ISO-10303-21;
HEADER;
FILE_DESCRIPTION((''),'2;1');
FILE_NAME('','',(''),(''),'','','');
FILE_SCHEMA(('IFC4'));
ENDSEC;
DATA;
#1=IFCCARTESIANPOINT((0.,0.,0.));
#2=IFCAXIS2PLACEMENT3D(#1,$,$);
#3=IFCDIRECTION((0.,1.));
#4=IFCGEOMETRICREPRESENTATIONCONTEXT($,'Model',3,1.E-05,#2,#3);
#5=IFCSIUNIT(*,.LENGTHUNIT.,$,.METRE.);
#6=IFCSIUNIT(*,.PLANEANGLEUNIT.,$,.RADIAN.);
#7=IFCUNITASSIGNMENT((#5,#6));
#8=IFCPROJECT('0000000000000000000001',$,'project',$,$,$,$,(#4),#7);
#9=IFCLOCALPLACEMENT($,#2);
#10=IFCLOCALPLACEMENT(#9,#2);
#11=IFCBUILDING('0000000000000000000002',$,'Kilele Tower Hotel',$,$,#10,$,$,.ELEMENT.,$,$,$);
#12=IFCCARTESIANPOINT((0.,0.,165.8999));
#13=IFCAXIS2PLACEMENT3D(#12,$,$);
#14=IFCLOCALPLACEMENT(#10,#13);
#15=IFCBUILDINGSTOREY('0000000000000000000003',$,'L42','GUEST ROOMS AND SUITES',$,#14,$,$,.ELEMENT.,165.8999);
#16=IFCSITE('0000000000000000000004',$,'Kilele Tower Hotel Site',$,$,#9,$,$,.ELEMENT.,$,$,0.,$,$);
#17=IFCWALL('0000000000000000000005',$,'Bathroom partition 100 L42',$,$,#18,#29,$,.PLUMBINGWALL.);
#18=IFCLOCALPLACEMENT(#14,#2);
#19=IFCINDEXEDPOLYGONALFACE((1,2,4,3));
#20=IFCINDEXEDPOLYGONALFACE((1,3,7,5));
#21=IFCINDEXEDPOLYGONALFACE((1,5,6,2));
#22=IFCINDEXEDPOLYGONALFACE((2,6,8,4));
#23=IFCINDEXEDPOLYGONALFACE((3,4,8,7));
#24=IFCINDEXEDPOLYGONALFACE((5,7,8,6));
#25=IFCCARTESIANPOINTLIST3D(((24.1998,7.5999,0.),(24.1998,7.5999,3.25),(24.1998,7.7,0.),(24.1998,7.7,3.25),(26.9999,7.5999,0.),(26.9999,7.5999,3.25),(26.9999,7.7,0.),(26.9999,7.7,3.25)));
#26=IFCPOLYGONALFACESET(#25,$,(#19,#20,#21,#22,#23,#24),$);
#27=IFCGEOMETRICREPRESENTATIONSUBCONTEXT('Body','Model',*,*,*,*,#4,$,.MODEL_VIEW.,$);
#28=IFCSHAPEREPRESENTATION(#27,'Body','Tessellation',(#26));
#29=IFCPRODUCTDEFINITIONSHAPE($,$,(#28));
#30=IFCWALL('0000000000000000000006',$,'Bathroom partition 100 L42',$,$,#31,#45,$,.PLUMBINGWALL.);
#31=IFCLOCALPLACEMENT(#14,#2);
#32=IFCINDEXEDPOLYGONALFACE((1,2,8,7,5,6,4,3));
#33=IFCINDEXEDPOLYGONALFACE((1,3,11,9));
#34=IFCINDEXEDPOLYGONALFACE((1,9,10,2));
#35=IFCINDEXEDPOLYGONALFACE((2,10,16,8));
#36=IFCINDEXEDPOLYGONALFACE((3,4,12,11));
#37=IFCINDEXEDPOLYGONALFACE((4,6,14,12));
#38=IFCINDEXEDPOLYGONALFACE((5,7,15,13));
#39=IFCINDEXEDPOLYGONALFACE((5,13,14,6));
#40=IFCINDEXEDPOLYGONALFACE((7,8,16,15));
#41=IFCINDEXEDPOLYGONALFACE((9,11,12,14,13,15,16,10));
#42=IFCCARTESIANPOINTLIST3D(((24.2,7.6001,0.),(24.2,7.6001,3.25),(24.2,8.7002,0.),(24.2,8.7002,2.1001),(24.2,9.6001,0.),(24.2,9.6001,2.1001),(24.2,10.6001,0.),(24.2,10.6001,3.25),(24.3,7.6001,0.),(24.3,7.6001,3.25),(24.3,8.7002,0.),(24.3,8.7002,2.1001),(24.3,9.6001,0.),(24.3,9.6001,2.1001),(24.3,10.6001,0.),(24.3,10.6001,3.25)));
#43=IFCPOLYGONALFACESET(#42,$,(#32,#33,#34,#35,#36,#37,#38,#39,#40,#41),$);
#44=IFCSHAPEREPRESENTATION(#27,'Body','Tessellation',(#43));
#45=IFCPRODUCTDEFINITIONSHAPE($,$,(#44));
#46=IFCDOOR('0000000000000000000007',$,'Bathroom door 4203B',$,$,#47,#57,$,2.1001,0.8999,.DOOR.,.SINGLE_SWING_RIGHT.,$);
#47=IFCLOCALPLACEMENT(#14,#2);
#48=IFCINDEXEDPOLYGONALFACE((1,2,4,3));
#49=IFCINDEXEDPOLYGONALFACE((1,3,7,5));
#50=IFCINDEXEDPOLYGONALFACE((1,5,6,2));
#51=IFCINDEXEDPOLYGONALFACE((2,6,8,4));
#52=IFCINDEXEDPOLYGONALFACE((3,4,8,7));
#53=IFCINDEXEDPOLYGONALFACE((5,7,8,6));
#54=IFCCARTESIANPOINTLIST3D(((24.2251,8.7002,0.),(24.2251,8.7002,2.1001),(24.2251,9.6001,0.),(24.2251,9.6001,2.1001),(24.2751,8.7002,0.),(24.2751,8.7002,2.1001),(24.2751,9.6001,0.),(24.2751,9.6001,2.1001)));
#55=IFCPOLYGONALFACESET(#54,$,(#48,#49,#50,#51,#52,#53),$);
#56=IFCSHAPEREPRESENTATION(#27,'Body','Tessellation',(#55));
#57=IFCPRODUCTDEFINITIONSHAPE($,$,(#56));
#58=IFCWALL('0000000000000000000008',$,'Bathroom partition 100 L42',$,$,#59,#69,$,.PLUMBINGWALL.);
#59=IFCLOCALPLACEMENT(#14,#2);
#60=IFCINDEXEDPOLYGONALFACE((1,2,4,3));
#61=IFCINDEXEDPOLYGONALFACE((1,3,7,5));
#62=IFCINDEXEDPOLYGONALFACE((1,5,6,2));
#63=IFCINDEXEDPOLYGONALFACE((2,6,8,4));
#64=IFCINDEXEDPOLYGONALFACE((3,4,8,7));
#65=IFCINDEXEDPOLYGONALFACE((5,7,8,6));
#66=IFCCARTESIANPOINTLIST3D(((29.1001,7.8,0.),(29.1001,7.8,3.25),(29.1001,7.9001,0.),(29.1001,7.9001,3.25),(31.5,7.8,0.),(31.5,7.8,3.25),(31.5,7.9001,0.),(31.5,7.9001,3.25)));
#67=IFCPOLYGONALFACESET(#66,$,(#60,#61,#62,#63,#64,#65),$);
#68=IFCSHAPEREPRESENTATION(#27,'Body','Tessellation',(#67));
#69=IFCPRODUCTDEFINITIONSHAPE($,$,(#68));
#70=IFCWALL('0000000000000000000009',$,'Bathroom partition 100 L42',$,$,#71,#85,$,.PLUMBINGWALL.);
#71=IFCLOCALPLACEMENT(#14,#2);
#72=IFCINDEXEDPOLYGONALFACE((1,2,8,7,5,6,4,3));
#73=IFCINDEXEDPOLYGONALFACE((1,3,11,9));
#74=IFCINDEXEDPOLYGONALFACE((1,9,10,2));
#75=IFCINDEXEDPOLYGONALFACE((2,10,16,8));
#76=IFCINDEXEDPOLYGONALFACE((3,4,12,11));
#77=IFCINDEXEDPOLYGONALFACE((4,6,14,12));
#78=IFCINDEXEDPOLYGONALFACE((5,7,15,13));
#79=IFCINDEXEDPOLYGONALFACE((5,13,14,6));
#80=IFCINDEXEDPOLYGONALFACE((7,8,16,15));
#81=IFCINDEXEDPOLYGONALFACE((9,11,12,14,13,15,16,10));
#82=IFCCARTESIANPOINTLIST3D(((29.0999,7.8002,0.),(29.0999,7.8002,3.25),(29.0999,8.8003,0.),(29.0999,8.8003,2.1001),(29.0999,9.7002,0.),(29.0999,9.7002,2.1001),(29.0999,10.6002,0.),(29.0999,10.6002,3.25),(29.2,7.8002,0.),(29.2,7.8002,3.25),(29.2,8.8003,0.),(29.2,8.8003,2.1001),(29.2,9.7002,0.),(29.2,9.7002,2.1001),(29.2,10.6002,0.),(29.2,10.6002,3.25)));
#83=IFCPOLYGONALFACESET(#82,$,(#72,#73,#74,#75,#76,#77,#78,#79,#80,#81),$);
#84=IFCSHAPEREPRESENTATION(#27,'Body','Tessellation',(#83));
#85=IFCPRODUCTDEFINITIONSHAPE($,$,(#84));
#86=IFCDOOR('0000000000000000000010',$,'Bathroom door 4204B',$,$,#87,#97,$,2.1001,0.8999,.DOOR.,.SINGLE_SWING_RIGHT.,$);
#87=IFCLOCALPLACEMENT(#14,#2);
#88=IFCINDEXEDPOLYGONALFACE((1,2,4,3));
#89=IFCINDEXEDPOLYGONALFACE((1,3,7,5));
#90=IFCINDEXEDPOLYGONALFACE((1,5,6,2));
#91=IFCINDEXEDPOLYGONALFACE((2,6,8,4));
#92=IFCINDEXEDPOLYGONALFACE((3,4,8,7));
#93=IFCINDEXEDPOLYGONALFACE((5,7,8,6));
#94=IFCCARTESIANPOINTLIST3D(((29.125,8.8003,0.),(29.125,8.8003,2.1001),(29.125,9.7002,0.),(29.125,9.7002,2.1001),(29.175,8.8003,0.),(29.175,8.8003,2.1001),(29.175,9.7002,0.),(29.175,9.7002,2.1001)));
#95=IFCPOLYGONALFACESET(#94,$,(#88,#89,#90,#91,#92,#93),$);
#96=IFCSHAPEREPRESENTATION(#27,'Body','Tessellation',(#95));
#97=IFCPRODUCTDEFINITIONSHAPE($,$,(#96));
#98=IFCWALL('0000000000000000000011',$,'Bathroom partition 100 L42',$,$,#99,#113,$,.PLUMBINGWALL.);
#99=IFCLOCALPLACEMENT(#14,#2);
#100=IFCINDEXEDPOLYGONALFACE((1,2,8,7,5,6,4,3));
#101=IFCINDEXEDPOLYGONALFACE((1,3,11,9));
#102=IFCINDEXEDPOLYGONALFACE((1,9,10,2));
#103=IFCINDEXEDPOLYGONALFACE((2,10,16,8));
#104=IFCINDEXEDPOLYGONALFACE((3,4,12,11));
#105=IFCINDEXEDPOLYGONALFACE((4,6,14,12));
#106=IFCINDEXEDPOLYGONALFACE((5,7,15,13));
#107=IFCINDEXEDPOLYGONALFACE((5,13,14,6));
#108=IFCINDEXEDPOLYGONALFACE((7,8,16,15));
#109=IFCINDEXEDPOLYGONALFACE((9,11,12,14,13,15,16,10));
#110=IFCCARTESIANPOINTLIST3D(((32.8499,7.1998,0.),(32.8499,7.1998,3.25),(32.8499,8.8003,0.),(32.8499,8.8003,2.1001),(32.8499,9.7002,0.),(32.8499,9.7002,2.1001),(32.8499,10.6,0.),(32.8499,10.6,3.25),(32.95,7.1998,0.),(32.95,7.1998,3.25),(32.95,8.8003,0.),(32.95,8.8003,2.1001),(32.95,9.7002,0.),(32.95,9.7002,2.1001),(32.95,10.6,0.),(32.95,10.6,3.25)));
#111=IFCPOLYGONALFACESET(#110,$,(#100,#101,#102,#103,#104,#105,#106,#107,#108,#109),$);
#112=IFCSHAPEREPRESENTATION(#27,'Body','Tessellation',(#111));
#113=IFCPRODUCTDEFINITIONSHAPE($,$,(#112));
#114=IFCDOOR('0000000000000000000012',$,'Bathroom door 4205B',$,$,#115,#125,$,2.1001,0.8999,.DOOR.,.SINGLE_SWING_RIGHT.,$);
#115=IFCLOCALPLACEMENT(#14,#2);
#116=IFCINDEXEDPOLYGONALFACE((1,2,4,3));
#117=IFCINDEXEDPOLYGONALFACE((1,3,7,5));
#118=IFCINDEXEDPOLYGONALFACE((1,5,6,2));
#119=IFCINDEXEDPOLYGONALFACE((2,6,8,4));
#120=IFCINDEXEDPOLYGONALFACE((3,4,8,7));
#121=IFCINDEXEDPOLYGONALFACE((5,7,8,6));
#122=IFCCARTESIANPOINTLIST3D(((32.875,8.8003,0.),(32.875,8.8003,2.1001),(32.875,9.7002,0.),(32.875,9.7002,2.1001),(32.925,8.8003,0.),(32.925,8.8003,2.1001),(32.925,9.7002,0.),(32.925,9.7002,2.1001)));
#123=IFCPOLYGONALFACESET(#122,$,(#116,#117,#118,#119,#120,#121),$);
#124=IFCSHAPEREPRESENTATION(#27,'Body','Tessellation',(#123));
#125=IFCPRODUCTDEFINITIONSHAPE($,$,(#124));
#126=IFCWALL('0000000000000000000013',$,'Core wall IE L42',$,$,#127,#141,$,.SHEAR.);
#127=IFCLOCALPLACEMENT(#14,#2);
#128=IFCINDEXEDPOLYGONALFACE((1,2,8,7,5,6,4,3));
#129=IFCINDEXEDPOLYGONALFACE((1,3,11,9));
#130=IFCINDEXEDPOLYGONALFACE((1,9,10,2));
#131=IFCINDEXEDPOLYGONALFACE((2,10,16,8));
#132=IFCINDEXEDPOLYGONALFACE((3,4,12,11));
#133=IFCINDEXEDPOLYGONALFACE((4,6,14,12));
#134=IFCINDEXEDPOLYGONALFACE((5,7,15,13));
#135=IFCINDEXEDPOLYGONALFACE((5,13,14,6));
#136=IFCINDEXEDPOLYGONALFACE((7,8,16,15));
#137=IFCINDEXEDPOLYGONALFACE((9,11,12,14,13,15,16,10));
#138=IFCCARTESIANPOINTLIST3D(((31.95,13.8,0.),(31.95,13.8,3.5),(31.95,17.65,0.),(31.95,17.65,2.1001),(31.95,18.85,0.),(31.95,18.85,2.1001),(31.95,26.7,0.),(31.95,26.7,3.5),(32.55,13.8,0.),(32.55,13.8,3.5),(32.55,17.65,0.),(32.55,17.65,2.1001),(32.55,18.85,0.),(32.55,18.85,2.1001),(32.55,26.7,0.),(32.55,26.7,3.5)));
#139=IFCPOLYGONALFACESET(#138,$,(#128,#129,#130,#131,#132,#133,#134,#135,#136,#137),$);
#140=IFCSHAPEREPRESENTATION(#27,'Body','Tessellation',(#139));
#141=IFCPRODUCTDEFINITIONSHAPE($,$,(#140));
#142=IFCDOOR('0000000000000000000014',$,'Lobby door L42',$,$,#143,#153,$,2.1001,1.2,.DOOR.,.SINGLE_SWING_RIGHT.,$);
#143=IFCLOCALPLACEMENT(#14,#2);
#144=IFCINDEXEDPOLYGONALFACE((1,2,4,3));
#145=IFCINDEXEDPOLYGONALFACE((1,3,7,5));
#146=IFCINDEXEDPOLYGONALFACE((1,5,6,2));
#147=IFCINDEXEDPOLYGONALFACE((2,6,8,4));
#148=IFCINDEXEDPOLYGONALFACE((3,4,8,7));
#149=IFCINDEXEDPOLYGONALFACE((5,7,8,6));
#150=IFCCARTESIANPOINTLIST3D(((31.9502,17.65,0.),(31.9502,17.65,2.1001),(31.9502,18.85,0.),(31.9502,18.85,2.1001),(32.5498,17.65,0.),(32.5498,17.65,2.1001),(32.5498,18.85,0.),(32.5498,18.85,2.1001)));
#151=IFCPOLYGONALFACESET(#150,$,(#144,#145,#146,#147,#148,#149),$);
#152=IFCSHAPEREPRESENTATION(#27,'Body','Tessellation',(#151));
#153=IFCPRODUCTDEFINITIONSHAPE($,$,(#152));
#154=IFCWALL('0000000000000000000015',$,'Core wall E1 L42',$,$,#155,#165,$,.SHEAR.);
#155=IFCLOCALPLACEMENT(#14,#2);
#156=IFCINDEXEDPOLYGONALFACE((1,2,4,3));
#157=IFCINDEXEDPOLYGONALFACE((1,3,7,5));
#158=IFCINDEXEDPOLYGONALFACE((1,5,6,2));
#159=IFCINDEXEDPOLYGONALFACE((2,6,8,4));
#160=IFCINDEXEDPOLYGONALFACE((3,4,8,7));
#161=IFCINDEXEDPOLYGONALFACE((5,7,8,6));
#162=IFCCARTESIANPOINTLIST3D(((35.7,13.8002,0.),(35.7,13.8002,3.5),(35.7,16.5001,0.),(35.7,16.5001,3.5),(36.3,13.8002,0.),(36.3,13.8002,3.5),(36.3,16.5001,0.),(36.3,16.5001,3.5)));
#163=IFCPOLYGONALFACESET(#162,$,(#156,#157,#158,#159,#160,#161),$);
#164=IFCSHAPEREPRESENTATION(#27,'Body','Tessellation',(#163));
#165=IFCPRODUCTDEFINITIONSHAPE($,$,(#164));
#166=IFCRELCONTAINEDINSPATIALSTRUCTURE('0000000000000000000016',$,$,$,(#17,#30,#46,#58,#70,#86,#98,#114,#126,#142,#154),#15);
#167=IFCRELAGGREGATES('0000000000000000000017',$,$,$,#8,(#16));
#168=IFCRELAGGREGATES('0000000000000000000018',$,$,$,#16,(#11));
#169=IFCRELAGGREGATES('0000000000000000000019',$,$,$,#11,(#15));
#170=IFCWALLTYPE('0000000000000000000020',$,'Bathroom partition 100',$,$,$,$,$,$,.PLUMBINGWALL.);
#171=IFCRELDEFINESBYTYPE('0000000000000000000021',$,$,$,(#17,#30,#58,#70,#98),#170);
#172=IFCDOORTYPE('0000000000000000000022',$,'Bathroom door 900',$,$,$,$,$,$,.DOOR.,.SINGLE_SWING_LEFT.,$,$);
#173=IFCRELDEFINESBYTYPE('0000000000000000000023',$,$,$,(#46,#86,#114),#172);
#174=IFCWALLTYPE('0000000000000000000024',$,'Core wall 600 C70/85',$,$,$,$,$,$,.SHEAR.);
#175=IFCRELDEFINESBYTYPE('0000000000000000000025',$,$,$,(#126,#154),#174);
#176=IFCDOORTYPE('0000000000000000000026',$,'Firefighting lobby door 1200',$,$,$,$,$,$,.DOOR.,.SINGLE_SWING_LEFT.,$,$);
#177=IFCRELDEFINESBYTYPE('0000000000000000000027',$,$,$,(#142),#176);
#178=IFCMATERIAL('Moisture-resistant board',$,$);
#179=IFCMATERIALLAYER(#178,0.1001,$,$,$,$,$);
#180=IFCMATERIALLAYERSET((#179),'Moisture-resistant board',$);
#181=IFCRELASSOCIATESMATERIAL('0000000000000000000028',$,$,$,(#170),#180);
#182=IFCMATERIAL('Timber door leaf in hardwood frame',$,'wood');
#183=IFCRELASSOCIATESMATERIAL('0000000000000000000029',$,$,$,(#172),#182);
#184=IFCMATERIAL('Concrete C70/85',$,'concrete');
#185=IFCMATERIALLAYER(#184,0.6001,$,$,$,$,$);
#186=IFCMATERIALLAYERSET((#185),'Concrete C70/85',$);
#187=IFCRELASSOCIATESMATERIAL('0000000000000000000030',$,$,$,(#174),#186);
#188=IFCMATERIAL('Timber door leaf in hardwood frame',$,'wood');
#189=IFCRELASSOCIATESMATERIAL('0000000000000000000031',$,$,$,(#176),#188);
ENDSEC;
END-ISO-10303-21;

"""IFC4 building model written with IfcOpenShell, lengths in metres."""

from ifc_helpers import new_model, si_unit, direction, frame, frame_2d, origin, place, context, subcontext, project, spatial, rectangle, extrude, material, layer, layer_set, type_object, element, fill, save


model = new_model("IFC4")

# Units and contexts
model_context = context("Model", 3, precision=1e-05, world=origin(), true_north=direction((0.0, 1.0)))
body_context = subcontext(model_context, "Body", "Model", "MODEL_VIEW")
ifc_project = project(units=[si_unit("LENGTHUNIT", "METRE"), si_unit("PLANEANGLEUNIT", "RADIAN")], contexts=[model_context])

# Site, building, storey
site_placement = place(None, origin())
site = spatial("IfcSite", under=ifc_project, at=site_placement, Name="Kilele Tower Hotel Site", CompositionType="ELEMENT", RefElevation=0.0)
building_placement = place(site_placement, origin())
building = spatial("IfcBuilding", under=site, at=building_placement, Name="Kilele Tower Hotel", CompositionType="ELEMENT")
storey_placement = place(building_placement, frame((0.0, 0.0, 165.8999)))
storey = spatial("IfcBuildingStorey", under=building, at=storey_placement, Name="L42", Description="GUEST ROOMS AND SUITES", CompositionType="ELEMENT", Elevation=165.8999)

# Wall
ifc_material_1 = material(Name="Moisture-resistant board")
ifc_layer_1 = layer(ifc_material_1, 0.1001)
ifc_layer_set_1 = layer_set([ifc_layer_1], Name="Moisture-resistant board")
wall_type_1 = type_object("IfcWallType", Name="Bathroom partition 100", PredefinedType="PLUMBINGWALL", material=ifc_layer_set_1)
wall_1_placement = place(storey_placement, frame((24.2, 7.6499, 0.0), z_axis=(0.0, 0.0, 1.0), x_axis=(1.0, 0.0, 0.0)))
element("IfcWall", 1, at=wall_1_placement, inside=storey, type_object=wall_type_1, Name="Bathroom partition 100 L42", PredefinedType="PLUMBINGWALL", context=body_context, shape_type="SweptSolid", body=[
    extrude(rectangle(XDim=2.8, YDim=0.1001, at=frame_2d((1.3999, 0.0))), origin(), (0.0, 0.0, 1.0), 3.25),
])

# Wall, opening, door
wall_2_placement = place(storey_placement, frame((24.25, 10.6001, 0.0), z_axis=(0.0, 0.0, 1.0), x_axis=(0.0, -1.0, 0.0)))
wall_2 = element("IfcWall", 2, at=wall_2_placement, inside=storey, type_object=wall_type_1, Name="Bathroom partition 100 L42", PredefinedType="PLUMBINGWALL", context=body_context, shape_type="SweptSolid", body=[
    extrude(rectangle(XDim=3.0, YDim=0.1001, at=frame_2d((1.5, 0.0))), origin(), (0.0, 0.0, 1.0), 3.25),
])
opening_1_placement = place(wall_2_placement, frame((1.8999, 0.0, 0.0), z_axis=(0.0, 0.0, 1.0), x_axis=(-1.0, 0.0, 0.0)))
opening_1 = element("IfcOpeningElement", 3, at=opening_1_placement, cuts=wall_2, PredefinedType="OPENING", context=body_context, shape_type="SweptSolid", body=[
    extrude(rectangle(XDim=0.8999, YDim=2.1001, at=frame_2d((0.45, 1.05))), frame((0.0, 0.0601, 0.0), z_axis=(0.0, -1.0, 0.0), x_axis=(1.0, 0.0, 0.0)), (0.0, 0.0, 1.0), 0.1201),
])
ifc_material_2 = material(Name="Timber door leaf in hardwood frame", Category="wood")
door_type_1 = type_object("IfcDoorType", Name="Bathroom door 900", OperationType="SINGLE_SWING_LEFT", PredefinedType="DOOR", material=ifc_material_2)
door_1_placement = place(opening_1_placement, origin())
door_1 = element("IfcDoor", 4, at=door_1_placement, inside=storey, type_object=door_type_1, Name="Bathroom door 4203B", OperationType="SINGLE_SWING_RIGHT", OverallHeight=2.1001, OverallWidth=0.8999, PredefinedType="DOOR", context=body_context, shape_type="SweptSolid", body=[
    extrude(rectangle(XDim=0.8999, YDim=2.1001, at=frame_2d((0.45, 1.05))), frame((0.0, 0.0249, 0.0), z_axis=(0.0, -1.0, 0.0), x_axis=(1.0, 0.0, 0.0)), (0.0, 0.0, 1.0), 0.05),
])
fill(opening_1, door_1)

# Wall
wall_3_placement = place(storey_placement, frame((29.1001, 7.8501, 0.0), z_axis=(0.0, 0.0, 1.0), x_axis=(1.0, 0.0, 0.0)))
element("IfcWall", 5, at=wall_3_placement, inside=storey, type_object=wall_type_1, Name="Bathroom partition 100 L42", PredefinedType="PLUMBINGWALL", context=body_context, shape_type="SweptSolid", body=[
    extrude(rectangle(XDim=2.3999, YDim=0.1001, at=frame_2d((1.2, 0.0))), origin(), (0.0, 0.0, 1.0), 3.25),
])

# Walls, openings, doors
wall_4_placement = place(storey_placement, frame((29.1499, 10.6001, 0.0), z_axis=(0.0, 0.0, 1.0), x_axis=(0.0, -1.0, 0.0)))
wall_4 = element("IfcWall", 6, at=wall_4_placement, inside=storey, type_object=wall_type_1, Name="Bathroom partition 100 L42", PredefinedType="PLUMBINGWALL", context=body_context, shape_type="SweptSolid", body=[
    extrude(rectangle(XDim=2.8, YDim=0.1001, at=frame_2d((1.3999, 0.0))), origin(), (0.0, 0.0, 1.0), 3.25),
])
opening_2_placement = place(wall_4_placement, frame((1.7998, 0.0, 0.0), z_axis=(0.0, 0.0, 1.0), x_axis=(-1.0, 0.0, 0.0)))
opening_2 = element("IfcOpeningElement", 7, at=opening_2_placement, cuts=wall_4, PredefinedType="OPENING", context=body_context, shape_type="SweptSolid", body=[
    extrude(rectangle(XDim=0.8999, YDim=2.1001, at=frame_2d((0.45, 1.05))), frame((0.0, 0.0601, 0.0), z_axis=(0.0, -1.0, 0.0), x_axis=(1.0, 0.0, 0.0)), (0.0, 0.0, 1.0), 0.1201),
])
door_2_placement = place(opening_2_placement, origin())
door_2 = element("IfcDoor", 8, at=door_2_placement, inside=storey, type_object=door_type_1, Name="Bathroom door 4204B", OperationType="SINGLE_SWING_RIGHT", OverallHeight=2.1001, OverallWidth=0.8999, PredefinedType="DOOR", context=body_context, shape_type="SweptSolid", body=[
    extrude(rectangle(XDim=0.8999, YDim=2.1001, at=frame_2d((0.45, 1.05))), frame((0.0, 0.0249, 0.0), z_axis=(0.0, -1.0, 0.0), x_axis=(1.0, 0.0, 0.0)), (0.0, 0.0, 1.0), 0.05),
])
fill(opening_2, door_2)
wall_5_placement = place(storey_placement, frame((32.8999, 10.6001, 0.0), z_axis=(0.0, 0.0, 1.0), x_axis=(0.0, -1.0, 0.0)))
wall_5 = element("IfcWall", 9, at=wall_5_placement, inside=storey, type_object=wall_type_1, Name="Bathroom partition 100 L42", PredefinedType="PLUMBINGWALL", context=body_context, shape_type="SweptSolid", body=[
    extrude(rectangle(XDim=3.4001, YDim=0.1001, at=frame_2d((1.7002, 0.0))), origin(), (0.0, 0.0, 1.0), 3.25),
])
opening_3_placement = place(wall_5_placement, frame((1.7998, 0.0, 0.0), z_axis=(0.0, 0.0, 1.0), x_axis=(-1.0, 0.0, 0.0)))
opening_3 = element("IfcOpeningElement", 10, at=opening_3_placement, cuts=wall_5, PredefinedType="OPENING", context=body_context, shape_type="SweptSolid", body=[
    extrude(rectangle(XDim=0.8999, YDim=2.1001, at=frame_2d((0.45, 1.05))), frame((0.0, 0.0601, 0.0), z_axis=(0.0, -1.0, 0.0), x_axis=(1.0, 0.0, 0.0)), (0.0, 0.0, 1.0), 0.1201),
])
door_3_placement = place(opening_3_placement, origin())
door_3 = element("IfcDoor", 11, at=door_3_placement, inside=storey, type_object=door_type_1, Name="Bathroom door 4205B", OperationType="SINGLE_SWING_RIGHT", OverallHeight=2.1001, OverallWidth=0.8999, PredefinedType="DOOR", context=body_context, shape_type="SweptSolid", body=[
    extrude(rectangle(XDim=0.8999, YDim=2.1001, at=frame_2d((0.45, 1.05))), frame((0.0, 0.0249, 0.0), z_axis=(0.0, -1.0, 0.0), x_axis=(1.0, 0.0, 0.0)), (0.0, 0.0, 1.0), 0.05),
])
fill(opening_3, door_3)
ifc_material_3 = material(Name="Concrete C70/85", Category="concrete")
ifc_layer_2 = layer(ifc_material_3, 0.6001)
ifc_layer_set_2 = layer_set([ifc_layer_2], Name="Concrete C70/85")
wall_type_2 = type_object("IfcWallType", Name="Core wall 600 C70/85", PredefinedType="SHEAR", material=ifc_layer_set_2)
wall_6_placement = place(storey_placement, frame((32.25, 13.8, 0.0), z_axis=(0.0, 0.0, 1.0), x_axis=(0.0, 1.0, 0.0)))
wall_6 = element("IfcWall", 12, at=wall_6_placement, inside=storey, type_object=wall_type_2, Name="Core wall IE L42", PredefinedType="SHEAR", context=body_context, shape_type="SweptSolid", body=[
    extrude(rectangle(XDim=12.8999, YDim=0.6001, at=frame_2d((6.45, 0.0))), origin(), (0.0, 0.0, 1.0), 3.5),
])
opening_4_placement = place(wall_6_placement, frame((5.05, 0.0, 0.0), z_axis=(0.0, 0.0, 1.0), x_axis=(-1.0, 0.0, 0.0)))
opening_4 = element("IfcOpeningElement", 13, at=opening_4_placement, cuts=wall_6, PredefinedType="OPENING", context=body_context, shape_type="SweptSolid", body=[
    extrude(rectangle(XDim=1.2, YDim=2.1001, at=frame_2d((0.6001, 1.05))), frame((0.0, 0.3101, 0.0), z_axis=(0.0, -1.0, 0.0), x_axis=(1.0, 0.0, 0.0)), (0.0, 0.0, 1.0), 0.6201),
])
ifc_material_4 = material(Name="Timber door leaf in hardwood frame", Category="wood")
door_type_2 = type_object("IfcDoorType", Name="Firefighting lobby door 1200", OperationType="SINGLE_SWING_LEFT", PredefinedType="DOOR", material=ifc_material_4)
door_4_placement = place(opening_4_placement, origin())
door_4 = element("IfcDoor", 14, at=door_4_placement, inside=storey, type_object=door_type_2, Name="Lobby door L42", OperationType="SINGLE_SWING_RIGHT", OverallHeight=2.1001, OverallWidth=1.2, PredefinedType="DOOR", context=body_context, shape_type="SweptSolid", body=[
    extrude(rectangle(XDim=1.2, YDim=2.1001, at=frame_2d((0.6001, 1.05))), frame((0.0, 0.2998, 0.0), z_axis=(0.0, -1.0, 0.0), x_axis=(1.0, 0.0, 0.0)), (0.0, 0.0, 1.0), 0.5996),
])
fill(opening_4, door_4)

# Wall
wall_7_placement = place(storey_placement, frame((36.0, 13.8, 0.0), z_axis=(0.0, 0.0, 1.0), x_axis=(0.0, 1.0, 0.0)))
element("IfcWall", 15, at=wall_7_placement, inside=storey, type_object=wall_type_2, Name="Core wall E1 L42", PredefinedType="SHEAR", context=body_context, shape_type="SweptSolid", body=[
    extrude(rectangle(XDim=2.7, YDim=0.6001, at=frame_2d((1.3501, 0.0))), origin(), (0.0, 0.0, 1.0), 3.5),
])

save(model, "model.ifc")
